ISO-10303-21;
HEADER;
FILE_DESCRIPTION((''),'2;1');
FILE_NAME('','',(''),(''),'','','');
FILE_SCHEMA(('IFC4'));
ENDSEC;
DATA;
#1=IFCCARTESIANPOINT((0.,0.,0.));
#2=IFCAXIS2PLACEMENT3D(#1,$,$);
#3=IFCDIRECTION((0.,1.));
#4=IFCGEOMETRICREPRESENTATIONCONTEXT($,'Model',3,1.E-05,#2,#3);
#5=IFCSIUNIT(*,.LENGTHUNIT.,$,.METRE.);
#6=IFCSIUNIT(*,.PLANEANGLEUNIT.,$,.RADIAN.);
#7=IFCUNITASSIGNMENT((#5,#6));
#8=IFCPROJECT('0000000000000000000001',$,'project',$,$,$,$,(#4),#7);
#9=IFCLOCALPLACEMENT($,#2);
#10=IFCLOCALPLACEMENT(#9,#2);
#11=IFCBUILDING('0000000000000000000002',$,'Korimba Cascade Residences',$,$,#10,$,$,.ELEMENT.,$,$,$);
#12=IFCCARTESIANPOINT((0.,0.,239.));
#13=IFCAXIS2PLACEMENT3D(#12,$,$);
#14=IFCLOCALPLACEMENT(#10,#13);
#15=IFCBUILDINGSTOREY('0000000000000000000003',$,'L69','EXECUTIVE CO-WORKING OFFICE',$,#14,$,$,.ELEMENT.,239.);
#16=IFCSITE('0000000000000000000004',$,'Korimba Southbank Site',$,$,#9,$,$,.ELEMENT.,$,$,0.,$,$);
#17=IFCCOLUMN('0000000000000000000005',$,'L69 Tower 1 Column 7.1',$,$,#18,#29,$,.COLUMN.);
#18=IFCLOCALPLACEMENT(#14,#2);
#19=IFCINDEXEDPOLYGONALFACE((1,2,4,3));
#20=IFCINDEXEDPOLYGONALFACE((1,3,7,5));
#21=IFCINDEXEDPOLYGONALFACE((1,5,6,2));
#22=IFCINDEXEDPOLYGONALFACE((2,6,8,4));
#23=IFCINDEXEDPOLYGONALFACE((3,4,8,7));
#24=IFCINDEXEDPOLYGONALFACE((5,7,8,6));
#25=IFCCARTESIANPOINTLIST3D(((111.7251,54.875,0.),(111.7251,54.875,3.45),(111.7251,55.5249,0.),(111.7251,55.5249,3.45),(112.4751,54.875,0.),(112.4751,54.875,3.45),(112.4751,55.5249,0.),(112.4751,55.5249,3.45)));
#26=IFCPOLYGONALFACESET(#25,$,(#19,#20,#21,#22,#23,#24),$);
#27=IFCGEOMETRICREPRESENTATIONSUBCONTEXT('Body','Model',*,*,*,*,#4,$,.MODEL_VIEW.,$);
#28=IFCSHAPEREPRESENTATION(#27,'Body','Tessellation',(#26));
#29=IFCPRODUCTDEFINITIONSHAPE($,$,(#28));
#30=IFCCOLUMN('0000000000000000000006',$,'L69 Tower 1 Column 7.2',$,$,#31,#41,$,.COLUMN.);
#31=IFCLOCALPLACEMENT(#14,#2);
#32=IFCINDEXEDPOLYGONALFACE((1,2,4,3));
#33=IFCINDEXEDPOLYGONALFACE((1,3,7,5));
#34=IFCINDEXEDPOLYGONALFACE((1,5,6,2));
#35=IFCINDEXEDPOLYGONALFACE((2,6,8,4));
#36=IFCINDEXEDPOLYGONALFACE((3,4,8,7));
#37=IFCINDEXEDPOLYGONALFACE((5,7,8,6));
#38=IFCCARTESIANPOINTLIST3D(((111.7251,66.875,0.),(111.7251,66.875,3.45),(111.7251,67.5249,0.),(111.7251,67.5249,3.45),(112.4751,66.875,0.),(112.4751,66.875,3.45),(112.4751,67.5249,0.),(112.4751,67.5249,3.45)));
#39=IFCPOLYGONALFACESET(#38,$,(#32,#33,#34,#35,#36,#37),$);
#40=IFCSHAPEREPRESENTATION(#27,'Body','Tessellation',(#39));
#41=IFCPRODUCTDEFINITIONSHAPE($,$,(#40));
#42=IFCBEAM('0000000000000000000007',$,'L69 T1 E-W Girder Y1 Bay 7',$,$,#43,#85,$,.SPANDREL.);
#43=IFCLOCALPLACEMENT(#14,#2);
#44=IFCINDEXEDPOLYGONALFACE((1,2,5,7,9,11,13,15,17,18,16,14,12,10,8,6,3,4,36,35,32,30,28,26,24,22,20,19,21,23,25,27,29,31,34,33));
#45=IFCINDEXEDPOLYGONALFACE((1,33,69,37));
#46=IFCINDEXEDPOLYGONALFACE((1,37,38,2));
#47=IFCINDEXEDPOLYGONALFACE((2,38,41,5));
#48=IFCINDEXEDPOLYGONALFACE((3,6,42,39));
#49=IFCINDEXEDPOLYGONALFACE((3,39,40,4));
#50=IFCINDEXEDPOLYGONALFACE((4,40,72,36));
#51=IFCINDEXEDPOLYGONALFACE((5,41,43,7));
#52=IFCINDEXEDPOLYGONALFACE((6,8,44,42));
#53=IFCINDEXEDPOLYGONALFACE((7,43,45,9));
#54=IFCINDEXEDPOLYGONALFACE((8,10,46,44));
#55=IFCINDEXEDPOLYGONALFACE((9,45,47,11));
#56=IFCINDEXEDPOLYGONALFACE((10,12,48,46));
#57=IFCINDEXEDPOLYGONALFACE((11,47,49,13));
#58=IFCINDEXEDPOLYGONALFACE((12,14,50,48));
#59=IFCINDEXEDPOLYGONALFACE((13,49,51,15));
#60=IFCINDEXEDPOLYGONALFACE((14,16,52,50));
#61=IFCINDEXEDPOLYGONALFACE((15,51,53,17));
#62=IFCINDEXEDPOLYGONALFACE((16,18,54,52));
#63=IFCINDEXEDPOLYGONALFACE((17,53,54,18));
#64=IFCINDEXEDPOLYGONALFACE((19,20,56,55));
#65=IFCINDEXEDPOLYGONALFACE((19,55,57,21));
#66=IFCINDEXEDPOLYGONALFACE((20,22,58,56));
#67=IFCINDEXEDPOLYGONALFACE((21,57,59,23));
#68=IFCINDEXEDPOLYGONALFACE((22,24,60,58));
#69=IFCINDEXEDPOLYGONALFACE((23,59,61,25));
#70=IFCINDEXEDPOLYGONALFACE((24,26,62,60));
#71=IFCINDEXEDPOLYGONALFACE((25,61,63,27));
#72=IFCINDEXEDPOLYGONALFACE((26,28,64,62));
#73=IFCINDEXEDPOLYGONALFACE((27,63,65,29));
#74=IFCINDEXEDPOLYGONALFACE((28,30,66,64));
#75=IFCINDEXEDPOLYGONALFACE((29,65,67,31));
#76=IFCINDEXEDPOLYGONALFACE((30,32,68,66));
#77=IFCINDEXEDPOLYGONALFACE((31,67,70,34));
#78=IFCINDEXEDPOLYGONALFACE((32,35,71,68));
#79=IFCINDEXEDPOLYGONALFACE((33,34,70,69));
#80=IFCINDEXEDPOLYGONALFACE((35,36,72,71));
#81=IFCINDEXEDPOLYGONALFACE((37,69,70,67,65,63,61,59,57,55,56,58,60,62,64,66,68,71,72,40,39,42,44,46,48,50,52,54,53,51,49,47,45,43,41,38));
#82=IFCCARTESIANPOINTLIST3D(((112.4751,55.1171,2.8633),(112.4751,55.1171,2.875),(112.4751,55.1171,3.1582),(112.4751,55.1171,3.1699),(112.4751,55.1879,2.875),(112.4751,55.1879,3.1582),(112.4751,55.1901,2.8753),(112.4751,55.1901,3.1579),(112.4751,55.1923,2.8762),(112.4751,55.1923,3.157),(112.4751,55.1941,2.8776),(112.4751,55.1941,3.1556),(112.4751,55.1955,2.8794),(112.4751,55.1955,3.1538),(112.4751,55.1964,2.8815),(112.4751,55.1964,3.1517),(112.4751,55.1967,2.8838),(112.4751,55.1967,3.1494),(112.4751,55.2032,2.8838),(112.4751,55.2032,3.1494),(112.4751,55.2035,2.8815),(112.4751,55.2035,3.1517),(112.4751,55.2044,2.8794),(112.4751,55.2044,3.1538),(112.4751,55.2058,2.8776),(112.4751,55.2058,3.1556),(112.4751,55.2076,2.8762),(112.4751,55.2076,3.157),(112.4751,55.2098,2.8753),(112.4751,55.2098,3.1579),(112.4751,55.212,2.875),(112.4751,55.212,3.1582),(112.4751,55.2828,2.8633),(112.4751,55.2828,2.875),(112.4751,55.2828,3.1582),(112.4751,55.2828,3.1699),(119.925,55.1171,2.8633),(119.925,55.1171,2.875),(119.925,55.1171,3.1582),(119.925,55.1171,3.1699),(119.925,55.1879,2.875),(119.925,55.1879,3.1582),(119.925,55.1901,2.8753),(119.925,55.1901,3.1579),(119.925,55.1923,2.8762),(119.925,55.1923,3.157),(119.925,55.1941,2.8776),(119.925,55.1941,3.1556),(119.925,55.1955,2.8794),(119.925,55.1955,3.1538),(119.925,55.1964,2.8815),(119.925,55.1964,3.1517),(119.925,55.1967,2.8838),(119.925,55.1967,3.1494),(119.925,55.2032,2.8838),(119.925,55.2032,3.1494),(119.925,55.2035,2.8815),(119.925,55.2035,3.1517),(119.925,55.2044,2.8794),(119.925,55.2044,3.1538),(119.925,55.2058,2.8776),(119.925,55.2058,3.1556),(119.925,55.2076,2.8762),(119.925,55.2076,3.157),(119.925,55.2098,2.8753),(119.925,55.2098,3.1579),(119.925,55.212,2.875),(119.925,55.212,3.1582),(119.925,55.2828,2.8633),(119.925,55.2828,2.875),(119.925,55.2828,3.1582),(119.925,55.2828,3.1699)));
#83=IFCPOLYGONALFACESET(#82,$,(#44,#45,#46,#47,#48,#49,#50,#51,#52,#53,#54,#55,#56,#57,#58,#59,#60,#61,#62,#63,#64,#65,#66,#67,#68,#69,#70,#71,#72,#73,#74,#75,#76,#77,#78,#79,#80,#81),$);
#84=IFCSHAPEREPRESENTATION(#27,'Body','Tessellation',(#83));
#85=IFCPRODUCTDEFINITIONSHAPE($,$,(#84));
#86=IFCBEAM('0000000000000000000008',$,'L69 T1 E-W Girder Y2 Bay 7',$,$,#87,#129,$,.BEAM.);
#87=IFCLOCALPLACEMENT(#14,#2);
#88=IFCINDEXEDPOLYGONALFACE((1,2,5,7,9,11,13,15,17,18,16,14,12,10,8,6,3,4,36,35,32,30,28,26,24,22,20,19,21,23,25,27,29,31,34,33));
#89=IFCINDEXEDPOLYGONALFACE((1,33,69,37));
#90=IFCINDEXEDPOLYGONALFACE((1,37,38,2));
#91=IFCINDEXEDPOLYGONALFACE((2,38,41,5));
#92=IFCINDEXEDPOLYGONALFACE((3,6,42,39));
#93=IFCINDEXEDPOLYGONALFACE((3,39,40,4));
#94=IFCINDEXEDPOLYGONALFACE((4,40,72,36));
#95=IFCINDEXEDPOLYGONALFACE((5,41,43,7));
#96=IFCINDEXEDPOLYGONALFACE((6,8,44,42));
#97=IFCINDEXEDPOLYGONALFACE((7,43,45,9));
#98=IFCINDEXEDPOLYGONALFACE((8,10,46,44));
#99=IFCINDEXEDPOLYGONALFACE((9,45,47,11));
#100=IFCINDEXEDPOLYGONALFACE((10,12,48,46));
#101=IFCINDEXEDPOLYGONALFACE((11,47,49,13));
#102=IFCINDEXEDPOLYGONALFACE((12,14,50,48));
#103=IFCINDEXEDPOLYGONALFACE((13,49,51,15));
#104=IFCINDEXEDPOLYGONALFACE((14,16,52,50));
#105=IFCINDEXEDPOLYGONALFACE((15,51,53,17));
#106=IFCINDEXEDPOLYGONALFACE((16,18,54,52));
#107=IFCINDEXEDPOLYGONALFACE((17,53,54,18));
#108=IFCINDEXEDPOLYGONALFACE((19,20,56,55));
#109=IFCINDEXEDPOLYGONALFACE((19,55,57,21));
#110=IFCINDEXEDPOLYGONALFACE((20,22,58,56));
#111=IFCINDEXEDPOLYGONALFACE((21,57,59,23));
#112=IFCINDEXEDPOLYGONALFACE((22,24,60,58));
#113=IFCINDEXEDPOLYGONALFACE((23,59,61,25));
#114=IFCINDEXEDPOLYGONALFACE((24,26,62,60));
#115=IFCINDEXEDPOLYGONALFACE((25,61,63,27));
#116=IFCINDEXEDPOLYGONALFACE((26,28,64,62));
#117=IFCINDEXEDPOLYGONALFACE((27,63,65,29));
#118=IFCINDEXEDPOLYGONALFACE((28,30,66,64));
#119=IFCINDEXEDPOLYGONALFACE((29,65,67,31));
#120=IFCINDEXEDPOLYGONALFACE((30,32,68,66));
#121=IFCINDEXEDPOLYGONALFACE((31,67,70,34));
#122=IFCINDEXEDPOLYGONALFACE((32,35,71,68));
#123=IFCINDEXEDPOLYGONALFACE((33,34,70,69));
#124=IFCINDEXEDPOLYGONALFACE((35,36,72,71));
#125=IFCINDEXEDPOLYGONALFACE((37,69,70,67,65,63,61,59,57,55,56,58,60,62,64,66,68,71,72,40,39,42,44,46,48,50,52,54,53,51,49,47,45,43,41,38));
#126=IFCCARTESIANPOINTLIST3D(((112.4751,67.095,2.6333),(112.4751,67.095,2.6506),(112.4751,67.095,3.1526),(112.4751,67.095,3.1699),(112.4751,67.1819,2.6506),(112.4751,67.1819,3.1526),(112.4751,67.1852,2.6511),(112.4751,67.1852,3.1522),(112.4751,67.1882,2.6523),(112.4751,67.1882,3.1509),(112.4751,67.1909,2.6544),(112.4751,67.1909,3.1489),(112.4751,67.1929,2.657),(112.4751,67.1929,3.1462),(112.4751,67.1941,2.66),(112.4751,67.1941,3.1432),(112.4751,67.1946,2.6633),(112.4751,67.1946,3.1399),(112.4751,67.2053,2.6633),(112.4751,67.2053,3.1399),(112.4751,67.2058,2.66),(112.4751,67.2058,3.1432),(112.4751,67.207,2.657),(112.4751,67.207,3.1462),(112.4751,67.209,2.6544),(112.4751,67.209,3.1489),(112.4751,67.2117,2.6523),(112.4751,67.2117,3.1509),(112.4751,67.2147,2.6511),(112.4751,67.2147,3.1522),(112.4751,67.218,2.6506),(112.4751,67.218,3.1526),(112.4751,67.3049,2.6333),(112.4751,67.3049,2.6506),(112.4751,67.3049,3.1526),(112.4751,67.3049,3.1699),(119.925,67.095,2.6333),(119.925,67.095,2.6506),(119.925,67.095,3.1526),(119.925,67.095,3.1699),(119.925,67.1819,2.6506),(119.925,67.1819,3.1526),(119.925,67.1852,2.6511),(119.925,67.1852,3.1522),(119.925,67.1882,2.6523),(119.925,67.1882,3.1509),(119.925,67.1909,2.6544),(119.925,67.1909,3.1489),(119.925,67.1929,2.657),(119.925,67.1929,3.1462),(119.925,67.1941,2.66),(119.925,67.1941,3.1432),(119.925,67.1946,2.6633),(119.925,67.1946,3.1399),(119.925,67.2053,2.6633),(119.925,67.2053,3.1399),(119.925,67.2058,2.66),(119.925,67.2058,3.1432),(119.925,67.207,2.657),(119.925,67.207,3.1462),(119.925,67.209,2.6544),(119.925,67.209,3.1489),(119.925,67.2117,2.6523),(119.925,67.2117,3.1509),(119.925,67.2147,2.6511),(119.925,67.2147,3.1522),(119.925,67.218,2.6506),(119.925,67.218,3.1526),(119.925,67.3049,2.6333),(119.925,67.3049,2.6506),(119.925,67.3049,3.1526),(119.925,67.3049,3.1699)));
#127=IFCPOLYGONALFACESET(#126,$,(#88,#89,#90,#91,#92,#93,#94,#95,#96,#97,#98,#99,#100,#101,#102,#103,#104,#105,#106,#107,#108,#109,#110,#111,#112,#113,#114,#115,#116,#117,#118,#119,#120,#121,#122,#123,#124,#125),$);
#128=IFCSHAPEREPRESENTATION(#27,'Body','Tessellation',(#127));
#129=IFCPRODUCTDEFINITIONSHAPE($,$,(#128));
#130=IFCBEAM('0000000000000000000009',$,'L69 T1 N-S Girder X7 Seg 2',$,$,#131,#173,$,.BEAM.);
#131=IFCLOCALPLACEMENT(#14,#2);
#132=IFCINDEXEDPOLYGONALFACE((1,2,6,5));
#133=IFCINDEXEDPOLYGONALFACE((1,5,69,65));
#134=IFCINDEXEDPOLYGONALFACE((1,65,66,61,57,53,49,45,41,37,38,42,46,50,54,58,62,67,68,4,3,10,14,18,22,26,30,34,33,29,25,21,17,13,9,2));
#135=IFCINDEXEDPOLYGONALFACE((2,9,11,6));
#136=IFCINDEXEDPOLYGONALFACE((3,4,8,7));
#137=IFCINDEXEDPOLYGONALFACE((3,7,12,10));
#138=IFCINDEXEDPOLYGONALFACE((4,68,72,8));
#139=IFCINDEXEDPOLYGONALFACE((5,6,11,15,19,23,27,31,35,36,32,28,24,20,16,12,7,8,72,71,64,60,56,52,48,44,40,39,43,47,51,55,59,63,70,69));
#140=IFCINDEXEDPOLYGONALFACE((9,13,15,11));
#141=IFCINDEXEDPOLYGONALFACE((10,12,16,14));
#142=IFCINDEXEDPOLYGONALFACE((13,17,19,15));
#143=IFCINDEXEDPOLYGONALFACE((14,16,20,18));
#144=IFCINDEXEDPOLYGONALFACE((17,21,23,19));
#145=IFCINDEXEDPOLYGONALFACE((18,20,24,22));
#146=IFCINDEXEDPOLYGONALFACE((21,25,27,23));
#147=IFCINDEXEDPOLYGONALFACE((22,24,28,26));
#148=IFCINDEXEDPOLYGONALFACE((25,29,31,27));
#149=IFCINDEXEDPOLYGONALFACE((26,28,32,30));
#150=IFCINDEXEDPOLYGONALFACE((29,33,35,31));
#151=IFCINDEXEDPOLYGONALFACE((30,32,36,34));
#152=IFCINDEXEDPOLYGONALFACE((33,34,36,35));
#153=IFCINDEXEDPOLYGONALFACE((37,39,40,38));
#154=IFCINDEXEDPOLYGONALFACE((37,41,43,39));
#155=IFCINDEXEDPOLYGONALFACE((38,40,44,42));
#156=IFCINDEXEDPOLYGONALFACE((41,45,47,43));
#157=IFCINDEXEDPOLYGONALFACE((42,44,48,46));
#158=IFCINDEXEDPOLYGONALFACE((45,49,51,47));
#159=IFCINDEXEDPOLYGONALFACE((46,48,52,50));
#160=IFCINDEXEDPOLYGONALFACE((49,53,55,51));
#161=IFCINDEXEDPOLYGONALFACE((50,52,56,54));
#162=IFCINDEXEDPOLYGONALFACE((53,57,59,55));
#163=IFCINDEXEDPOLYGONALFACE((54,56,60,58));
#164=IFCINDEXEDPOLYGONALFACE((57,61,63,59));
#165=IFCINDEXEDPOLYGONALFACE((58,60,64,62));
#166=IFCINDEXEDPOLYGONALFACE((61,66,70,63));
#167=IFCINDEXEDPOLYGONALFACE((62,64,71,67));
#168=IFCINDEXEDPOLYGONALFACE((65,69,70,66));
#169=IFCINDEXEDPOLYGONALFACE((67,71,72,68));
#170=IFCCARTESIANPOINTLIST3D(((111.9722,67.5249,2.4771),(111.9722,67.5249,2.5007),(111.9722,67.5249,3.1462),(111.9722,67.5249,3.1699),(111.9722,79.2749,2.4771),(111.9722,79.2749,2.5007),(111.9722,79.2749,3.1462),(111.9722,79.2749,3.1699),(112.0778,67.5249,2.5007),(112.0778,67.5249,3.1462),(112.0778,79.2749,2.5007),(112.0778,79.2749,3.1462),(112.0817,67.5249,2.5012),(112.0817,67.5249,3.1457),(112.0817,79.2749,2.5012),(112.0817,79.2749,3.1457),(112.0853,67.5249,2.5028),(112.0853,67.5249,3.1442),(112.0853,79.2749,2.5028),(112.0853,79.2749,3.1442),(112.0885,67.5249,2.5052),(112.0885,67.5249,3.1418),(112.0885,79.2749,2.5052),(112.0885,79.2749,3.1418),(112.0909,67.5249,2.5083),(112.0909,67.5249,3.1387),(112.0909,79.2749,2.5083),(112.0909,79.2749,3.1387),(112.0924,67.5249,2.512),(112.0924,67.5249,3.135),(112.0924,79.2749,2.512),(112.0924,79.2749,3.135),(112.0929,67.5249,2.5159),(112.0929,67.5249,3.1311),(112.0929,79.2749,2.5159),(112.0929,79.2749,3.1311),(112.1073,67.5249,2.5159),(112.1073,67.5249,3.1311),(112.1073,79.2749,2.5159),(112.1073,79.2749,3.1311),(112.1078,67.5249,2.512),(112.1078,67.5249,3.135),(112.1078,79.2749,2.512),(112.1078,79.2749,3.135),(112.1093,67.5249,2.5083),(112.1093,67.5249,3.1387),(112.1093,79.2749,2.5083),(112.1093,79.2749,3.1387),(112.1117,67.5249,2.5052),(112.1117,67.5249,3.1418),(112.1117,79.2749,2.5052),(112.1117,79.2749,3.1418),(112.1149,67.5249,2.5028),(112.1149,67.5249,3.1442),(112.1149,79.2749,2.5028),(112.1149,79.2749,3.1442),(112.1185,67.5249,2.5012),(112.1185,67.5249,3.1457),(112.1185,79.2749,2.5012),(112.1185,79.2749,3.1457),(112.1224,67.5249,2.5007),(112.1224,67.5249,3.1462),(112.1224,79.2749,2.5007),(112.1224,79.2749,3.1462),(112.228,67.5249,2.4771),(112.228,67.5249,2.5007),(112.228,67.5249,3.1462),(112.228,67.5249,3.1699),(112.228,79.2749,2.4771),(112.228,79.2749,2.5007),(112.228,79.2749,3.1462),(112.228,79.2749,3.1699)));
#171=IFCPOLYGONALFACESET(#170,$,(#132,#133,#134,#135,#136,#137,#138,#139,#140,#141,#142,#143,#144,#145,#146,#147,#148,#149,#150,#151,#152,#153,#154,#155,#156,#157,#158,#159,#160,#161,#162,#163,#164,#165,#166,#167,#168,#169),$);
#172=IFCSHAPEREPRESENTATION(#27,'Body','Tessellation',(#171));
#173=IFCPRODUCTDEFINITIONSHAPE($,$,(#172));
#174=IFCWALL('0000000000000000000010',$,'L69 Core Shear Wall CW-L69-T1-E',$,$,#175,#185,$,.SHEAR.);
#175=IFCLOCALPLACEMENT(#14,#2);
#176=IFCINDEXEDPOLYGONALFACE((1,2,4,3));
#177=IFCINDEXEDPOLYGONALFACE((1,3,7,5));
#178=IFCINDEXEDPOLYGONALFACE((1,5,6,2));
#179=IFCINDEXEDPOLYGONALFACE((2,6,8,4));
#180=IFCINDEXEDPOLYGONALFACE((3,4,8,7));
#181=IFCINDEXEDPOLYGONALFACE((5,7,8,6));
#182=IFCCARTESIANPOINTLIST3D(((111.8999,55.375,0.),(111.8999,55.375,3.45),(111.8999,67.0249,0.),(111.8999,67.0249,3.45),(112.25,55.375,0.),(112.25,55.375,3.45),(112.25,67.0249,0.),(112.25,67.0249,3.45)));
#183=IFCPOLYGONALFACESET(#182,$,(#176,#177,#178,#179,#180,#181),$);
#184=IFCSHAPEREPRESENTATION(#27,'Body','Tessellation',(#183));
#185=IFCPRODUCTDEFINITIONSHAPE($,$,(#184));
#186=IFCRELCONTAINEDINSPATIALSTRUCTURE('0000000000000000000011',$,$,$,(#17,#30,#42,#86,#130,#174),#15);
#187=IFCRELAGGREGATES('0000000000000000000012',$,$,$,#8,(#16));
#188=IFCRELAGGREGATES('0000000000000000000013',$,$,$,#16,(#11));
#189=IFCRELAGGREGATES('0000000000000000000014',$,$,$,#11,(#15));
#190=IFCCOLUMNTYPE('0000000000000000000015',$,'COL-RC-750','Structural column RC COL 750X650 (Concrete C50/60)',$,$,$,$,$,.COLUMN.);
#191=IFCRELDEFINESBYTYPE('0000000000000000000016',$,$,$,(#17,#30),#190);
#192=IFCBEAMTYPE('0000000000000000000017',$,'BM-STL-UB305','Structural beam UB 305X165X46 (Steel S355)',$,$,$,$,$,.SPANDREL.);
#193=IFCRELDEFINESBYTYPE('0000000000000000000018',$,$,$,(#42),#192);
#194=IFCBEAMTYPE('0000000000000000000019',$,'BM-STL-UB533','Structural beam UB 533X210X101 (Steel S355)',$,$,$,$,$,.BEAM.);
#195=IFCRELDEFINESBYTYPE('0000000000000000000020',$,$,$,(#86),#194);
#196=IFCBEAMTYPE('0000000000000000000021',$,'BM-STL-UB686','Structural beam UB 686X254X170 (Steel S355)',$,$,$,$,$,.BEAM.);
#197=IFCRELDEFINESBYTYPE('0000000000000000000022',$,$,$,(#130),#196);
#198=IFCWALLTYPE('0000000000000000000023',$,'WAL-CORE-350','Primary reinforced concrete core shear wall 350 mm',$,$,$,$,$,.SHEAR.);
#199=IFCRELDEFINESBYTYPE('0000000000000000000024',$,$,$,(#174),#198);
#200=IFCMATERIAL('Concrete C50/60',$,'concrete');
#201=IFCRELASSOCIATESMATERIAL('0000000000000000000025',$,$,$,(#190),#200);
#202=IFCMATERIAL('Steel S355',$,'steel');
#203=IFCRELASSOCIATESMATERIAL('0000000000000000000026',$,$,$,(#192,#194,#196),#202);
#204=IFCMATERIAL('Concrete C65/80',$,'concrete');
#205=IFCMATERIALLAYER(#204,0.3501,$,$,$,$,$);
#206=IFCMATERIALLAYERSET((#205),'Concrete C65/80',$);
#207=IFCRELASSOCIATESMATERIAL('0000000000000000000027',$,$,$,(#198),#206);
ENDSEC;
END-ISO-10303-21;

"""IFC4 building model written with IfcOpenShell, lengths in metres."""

from ifc_helpers import new_model, si_unit, direction, frame, frame_2d, origin, origin_2d, place, context, subcontext, project, spatial, rectangle, i_section, extrude, material, layer, layer_set, material_profile, profile_set, type_object, element, save


model = new_model("IFC4")

# Units and contexts
model_context = context("Model", 3, precision=1e-05, world=origin(), true_north=direction((0.0, 1.0)))
body_context = subcontext(model_context, "Body", "Model", "MODEL_VIEW")
ifc_project = project(units=[si_unit("LENGTHUNIT", "METRE"), si_unit("PLANEANGLEUNIT", "RADIAN")], contexts=[model_context])

# Site, building, storey
site_placement = place(None, origin())
site = spatial("IfcSite", under=ifc_project, at=site_placement, Name="Korimba Southbank Site", CompositionType="ELEMENT", RefElevation=0.0)
building_placement = place(site_placement, origin())
building = spatial("IfcBuilding", under=site, at=building_placement, Name="Korimba Cascade Residences", CompositionType="ELEMENT")
storey_placement = place(building_placement, frame((0.0, 0.0, 239.0)))
storey = spatial("IfcBuildingStorey", under=building, at=storey_placement, Name="L69", Description="EXECUTIVE CO-WORKING OFFICE", CompositionType="ELEMENT", Elevation=239.0)

# Columns
ifc_material_1 = material(Name="Concrete C50/60", Category="concrete")
ifc_material_profile_1 = material_profile(ifc_material_1, rectangle(XDim=0.75, YDim=0.6499, at=origin_2d()), Name="Concrete C50/60")
ifc_profile_set_1 = profile_set([ifc_material_profile_1], Name="Concrete C50/60")
column_type = type_object("IfcColumnType", Name="COL-RC-750", Description="Structural column RC COL 750X650 (Concrete C50/60)", PredefinedType="COLUMN", material=ifc_profile_set_1)
for number, where, z_axis, x_axis, name in (
    (1, (112.1001, 55.2, 0.0), (0.0, 0.0, 1.0), (1.0, 0.0, 0.0), "L69 Tower 1 Column 7.1"),
    (2, (112.1001, 67.2, 0.0), (0.0, 0.0, 1.0), (1.0, 0.0, 0.0), "L69 Tower 1 Column 7.2"),
):
    element("IfcColumn", number, at=place(storey_placement, frame(where, z_axis=z_axis, x_axis=x_axis)), inside=storey, type_object=column_type, Name=name, PredefinedType="COLUMN", context=body_context, shape_type="SweptSolid", body=[
        extrude(rectangle(XDim=0.75, YDim=0.6499, at=origin_2d()), origin(), (0.0, 0.0, 1.0), 3.45),
    ])

# Beams
ifc_material_2 = material(Name="Steel S355", Category="steel")
ifc_material_profile_2 = material_profile(ifc_material_2, i_section(OverallWidth=0.1658, OverallDepth=0.3066, WebThickness=0.0066, FlangeThickness=0.0117, FilletRadius=0.0088, at=origin_2d()), Name="Steel S355")
ifc_profile_set_2 = profile_set([ifc_material_profile_2], Name="Steel S355")
beam_type_1 = type_object("IfcBeamType", Name="BM-STL-UB305", Description="Structural beam UB 305X165X46 (Steel S355)", PredefinedType="SPANDREL", material=ifc_profile_set_2)
beam_1_placement = place(storey_placement, frame((112.4751, 55.2, 3.0166), z_axis=(1.0, 0.0, 0.0), x_axis=(0.0, 1.0, 0.0)))
element("IfcBeam", 3, at=beam_1_placement, inside=storey, type_object=beam_type_1, Name="L69 T1 E-W Girder Y1 Bay 7", PredefinedType="SPANDREL", context=body_context, shape_type="SweptSolid", body=[
    extrude(i_section(OverallWidth=0.1658, OverallDepth=0.3066, WebThickness=0.0066, FlangeThickness=0.0117, FilletRadius=0.0088, at=origin_2d()), origin(), (0.0, 0.0, 1.0), 7.45),
])
ifc_material_profile_3 = material_profile(ifc_material_2, i_section(OverallWidth=0.21, OverallDepth=0.5366, WebThickness=0.0107, FlangeThickness=0.0173, FilletRadius=0.0127, at=origin_2d()), Name="Steel S355")
ifc_profile_set_3 = profile_set([ifc_material_profile_3], Name="Steel S355")
beam_type_2 = type_object("IfcBeamType", Name="BM-STL-UB533", Description="Structural beam UB 533X210X101 (Steel S355)", PredefinedType="BEAM", material=ifc_profile_set_3)
beam_2_placement = place(storey_placement, frame((112.4751, 67.2, 2.9016), z_axis=(1.0, 0.0, 0.0), x_axis=(0.0, 1.0, 0.0)))
element("IfcBeam", 4, at=beam_2_placement, inside=storey, type_object=beam_type_2, Name="L69 T1 E-W Girder Y2 Bay 7", PredefinedType="BEAM", context=body_context, shape_type="SweptSolid", body=[
    extrude(i_section(OverallWidth=0.21, OverallDepth=0.5366, WebThickness=0.0107, FlangeThickness=0.0173, FilletRadius=0.0127, at=origin_2d()), origin(), (0.0, 0.0, 1.0), 7.45),
])
ifc_material_profile_4 = material_profile(ifc_material_2, i_section(OverallWidth=0.2559, OverallDepth=0.6929, WebThickness=0.0144, FlangeThickness=0.0237, FilletRadius=0.0151, at=origin_2d()), Name="Steel S355")
ifc_profile_set_4 = profile_set([ifc_material_profile_4], Name="Steel S355")
beam_type_3 = type_object("IfcBeamType", Name="BM-STL-UB686", Description="Structural beam UB 686X254X170 (Steel S355)", PredefinedType="BEAM", material=ifc_profile_set_4)
beam_3_placement = place(storey_placement, frame((112.1001, 67.5249, 2.8235), z_axis=(0.0, 1.0, 0.0), x_axis=(-1.0, 0.0, 0.0)))
element("IfcBeam", 5, at=beam_3_placement, inside=storey, type_object=beam_type_3, Name="L69 T1 N-S Girder X7 Seg 2", PredefinedType="BEAM", context=body_context, shape_type="SweptSolid", body=[
    extrude(i_section(OverallWidth=0.2559, OverallDepth=0.6929, WebThickness=0.0144, FlangeThickness=0.0237, FilletRadius=0.0151, at=origin_2d()), origin(), (0.0, 0.0, 1.0), 11.75),
])

# Wall
ifc_material_3 = material(Name="Concrete C65/80", Category="concrete")
ifc_layer_1 = layer(ifc_material_3, 0.3501)
ifc_layer_set_1 = layer_set([ifc_layer_1], Name="Concrete C65/80")
wall_type_1 = type_object("IfcWallType", Name="WAL-CORE-350", Description="Primary reinforced concrete core shear wall 350 mm", PredefinedType="SHEAR", material=ifc_layer_set_1)
wall_1_placement = place(storey_placement, frame((112.075, 55.375, 0.0), z_axis=(0.0, 0.0, 1.0), x_axis=(0.0, 1.0, 0.0)))
element("IfcWall", 6, at=wall_1_placement, inside=storey, type_object=wall_type_1, Name="L69 Core Shear Wall CW-L69-T1-E", PredefinedType="SHEAR", context=body_context, shape_type="SweptSolid", body=[
    extrude(rectangle(XDim=11.6499, YDim=0.3501, at=frame_2d((5.825, 0.0))), origin(), (0.0, 0.0, 1.0), 3.45),
])

save(model, "model.ifc")
